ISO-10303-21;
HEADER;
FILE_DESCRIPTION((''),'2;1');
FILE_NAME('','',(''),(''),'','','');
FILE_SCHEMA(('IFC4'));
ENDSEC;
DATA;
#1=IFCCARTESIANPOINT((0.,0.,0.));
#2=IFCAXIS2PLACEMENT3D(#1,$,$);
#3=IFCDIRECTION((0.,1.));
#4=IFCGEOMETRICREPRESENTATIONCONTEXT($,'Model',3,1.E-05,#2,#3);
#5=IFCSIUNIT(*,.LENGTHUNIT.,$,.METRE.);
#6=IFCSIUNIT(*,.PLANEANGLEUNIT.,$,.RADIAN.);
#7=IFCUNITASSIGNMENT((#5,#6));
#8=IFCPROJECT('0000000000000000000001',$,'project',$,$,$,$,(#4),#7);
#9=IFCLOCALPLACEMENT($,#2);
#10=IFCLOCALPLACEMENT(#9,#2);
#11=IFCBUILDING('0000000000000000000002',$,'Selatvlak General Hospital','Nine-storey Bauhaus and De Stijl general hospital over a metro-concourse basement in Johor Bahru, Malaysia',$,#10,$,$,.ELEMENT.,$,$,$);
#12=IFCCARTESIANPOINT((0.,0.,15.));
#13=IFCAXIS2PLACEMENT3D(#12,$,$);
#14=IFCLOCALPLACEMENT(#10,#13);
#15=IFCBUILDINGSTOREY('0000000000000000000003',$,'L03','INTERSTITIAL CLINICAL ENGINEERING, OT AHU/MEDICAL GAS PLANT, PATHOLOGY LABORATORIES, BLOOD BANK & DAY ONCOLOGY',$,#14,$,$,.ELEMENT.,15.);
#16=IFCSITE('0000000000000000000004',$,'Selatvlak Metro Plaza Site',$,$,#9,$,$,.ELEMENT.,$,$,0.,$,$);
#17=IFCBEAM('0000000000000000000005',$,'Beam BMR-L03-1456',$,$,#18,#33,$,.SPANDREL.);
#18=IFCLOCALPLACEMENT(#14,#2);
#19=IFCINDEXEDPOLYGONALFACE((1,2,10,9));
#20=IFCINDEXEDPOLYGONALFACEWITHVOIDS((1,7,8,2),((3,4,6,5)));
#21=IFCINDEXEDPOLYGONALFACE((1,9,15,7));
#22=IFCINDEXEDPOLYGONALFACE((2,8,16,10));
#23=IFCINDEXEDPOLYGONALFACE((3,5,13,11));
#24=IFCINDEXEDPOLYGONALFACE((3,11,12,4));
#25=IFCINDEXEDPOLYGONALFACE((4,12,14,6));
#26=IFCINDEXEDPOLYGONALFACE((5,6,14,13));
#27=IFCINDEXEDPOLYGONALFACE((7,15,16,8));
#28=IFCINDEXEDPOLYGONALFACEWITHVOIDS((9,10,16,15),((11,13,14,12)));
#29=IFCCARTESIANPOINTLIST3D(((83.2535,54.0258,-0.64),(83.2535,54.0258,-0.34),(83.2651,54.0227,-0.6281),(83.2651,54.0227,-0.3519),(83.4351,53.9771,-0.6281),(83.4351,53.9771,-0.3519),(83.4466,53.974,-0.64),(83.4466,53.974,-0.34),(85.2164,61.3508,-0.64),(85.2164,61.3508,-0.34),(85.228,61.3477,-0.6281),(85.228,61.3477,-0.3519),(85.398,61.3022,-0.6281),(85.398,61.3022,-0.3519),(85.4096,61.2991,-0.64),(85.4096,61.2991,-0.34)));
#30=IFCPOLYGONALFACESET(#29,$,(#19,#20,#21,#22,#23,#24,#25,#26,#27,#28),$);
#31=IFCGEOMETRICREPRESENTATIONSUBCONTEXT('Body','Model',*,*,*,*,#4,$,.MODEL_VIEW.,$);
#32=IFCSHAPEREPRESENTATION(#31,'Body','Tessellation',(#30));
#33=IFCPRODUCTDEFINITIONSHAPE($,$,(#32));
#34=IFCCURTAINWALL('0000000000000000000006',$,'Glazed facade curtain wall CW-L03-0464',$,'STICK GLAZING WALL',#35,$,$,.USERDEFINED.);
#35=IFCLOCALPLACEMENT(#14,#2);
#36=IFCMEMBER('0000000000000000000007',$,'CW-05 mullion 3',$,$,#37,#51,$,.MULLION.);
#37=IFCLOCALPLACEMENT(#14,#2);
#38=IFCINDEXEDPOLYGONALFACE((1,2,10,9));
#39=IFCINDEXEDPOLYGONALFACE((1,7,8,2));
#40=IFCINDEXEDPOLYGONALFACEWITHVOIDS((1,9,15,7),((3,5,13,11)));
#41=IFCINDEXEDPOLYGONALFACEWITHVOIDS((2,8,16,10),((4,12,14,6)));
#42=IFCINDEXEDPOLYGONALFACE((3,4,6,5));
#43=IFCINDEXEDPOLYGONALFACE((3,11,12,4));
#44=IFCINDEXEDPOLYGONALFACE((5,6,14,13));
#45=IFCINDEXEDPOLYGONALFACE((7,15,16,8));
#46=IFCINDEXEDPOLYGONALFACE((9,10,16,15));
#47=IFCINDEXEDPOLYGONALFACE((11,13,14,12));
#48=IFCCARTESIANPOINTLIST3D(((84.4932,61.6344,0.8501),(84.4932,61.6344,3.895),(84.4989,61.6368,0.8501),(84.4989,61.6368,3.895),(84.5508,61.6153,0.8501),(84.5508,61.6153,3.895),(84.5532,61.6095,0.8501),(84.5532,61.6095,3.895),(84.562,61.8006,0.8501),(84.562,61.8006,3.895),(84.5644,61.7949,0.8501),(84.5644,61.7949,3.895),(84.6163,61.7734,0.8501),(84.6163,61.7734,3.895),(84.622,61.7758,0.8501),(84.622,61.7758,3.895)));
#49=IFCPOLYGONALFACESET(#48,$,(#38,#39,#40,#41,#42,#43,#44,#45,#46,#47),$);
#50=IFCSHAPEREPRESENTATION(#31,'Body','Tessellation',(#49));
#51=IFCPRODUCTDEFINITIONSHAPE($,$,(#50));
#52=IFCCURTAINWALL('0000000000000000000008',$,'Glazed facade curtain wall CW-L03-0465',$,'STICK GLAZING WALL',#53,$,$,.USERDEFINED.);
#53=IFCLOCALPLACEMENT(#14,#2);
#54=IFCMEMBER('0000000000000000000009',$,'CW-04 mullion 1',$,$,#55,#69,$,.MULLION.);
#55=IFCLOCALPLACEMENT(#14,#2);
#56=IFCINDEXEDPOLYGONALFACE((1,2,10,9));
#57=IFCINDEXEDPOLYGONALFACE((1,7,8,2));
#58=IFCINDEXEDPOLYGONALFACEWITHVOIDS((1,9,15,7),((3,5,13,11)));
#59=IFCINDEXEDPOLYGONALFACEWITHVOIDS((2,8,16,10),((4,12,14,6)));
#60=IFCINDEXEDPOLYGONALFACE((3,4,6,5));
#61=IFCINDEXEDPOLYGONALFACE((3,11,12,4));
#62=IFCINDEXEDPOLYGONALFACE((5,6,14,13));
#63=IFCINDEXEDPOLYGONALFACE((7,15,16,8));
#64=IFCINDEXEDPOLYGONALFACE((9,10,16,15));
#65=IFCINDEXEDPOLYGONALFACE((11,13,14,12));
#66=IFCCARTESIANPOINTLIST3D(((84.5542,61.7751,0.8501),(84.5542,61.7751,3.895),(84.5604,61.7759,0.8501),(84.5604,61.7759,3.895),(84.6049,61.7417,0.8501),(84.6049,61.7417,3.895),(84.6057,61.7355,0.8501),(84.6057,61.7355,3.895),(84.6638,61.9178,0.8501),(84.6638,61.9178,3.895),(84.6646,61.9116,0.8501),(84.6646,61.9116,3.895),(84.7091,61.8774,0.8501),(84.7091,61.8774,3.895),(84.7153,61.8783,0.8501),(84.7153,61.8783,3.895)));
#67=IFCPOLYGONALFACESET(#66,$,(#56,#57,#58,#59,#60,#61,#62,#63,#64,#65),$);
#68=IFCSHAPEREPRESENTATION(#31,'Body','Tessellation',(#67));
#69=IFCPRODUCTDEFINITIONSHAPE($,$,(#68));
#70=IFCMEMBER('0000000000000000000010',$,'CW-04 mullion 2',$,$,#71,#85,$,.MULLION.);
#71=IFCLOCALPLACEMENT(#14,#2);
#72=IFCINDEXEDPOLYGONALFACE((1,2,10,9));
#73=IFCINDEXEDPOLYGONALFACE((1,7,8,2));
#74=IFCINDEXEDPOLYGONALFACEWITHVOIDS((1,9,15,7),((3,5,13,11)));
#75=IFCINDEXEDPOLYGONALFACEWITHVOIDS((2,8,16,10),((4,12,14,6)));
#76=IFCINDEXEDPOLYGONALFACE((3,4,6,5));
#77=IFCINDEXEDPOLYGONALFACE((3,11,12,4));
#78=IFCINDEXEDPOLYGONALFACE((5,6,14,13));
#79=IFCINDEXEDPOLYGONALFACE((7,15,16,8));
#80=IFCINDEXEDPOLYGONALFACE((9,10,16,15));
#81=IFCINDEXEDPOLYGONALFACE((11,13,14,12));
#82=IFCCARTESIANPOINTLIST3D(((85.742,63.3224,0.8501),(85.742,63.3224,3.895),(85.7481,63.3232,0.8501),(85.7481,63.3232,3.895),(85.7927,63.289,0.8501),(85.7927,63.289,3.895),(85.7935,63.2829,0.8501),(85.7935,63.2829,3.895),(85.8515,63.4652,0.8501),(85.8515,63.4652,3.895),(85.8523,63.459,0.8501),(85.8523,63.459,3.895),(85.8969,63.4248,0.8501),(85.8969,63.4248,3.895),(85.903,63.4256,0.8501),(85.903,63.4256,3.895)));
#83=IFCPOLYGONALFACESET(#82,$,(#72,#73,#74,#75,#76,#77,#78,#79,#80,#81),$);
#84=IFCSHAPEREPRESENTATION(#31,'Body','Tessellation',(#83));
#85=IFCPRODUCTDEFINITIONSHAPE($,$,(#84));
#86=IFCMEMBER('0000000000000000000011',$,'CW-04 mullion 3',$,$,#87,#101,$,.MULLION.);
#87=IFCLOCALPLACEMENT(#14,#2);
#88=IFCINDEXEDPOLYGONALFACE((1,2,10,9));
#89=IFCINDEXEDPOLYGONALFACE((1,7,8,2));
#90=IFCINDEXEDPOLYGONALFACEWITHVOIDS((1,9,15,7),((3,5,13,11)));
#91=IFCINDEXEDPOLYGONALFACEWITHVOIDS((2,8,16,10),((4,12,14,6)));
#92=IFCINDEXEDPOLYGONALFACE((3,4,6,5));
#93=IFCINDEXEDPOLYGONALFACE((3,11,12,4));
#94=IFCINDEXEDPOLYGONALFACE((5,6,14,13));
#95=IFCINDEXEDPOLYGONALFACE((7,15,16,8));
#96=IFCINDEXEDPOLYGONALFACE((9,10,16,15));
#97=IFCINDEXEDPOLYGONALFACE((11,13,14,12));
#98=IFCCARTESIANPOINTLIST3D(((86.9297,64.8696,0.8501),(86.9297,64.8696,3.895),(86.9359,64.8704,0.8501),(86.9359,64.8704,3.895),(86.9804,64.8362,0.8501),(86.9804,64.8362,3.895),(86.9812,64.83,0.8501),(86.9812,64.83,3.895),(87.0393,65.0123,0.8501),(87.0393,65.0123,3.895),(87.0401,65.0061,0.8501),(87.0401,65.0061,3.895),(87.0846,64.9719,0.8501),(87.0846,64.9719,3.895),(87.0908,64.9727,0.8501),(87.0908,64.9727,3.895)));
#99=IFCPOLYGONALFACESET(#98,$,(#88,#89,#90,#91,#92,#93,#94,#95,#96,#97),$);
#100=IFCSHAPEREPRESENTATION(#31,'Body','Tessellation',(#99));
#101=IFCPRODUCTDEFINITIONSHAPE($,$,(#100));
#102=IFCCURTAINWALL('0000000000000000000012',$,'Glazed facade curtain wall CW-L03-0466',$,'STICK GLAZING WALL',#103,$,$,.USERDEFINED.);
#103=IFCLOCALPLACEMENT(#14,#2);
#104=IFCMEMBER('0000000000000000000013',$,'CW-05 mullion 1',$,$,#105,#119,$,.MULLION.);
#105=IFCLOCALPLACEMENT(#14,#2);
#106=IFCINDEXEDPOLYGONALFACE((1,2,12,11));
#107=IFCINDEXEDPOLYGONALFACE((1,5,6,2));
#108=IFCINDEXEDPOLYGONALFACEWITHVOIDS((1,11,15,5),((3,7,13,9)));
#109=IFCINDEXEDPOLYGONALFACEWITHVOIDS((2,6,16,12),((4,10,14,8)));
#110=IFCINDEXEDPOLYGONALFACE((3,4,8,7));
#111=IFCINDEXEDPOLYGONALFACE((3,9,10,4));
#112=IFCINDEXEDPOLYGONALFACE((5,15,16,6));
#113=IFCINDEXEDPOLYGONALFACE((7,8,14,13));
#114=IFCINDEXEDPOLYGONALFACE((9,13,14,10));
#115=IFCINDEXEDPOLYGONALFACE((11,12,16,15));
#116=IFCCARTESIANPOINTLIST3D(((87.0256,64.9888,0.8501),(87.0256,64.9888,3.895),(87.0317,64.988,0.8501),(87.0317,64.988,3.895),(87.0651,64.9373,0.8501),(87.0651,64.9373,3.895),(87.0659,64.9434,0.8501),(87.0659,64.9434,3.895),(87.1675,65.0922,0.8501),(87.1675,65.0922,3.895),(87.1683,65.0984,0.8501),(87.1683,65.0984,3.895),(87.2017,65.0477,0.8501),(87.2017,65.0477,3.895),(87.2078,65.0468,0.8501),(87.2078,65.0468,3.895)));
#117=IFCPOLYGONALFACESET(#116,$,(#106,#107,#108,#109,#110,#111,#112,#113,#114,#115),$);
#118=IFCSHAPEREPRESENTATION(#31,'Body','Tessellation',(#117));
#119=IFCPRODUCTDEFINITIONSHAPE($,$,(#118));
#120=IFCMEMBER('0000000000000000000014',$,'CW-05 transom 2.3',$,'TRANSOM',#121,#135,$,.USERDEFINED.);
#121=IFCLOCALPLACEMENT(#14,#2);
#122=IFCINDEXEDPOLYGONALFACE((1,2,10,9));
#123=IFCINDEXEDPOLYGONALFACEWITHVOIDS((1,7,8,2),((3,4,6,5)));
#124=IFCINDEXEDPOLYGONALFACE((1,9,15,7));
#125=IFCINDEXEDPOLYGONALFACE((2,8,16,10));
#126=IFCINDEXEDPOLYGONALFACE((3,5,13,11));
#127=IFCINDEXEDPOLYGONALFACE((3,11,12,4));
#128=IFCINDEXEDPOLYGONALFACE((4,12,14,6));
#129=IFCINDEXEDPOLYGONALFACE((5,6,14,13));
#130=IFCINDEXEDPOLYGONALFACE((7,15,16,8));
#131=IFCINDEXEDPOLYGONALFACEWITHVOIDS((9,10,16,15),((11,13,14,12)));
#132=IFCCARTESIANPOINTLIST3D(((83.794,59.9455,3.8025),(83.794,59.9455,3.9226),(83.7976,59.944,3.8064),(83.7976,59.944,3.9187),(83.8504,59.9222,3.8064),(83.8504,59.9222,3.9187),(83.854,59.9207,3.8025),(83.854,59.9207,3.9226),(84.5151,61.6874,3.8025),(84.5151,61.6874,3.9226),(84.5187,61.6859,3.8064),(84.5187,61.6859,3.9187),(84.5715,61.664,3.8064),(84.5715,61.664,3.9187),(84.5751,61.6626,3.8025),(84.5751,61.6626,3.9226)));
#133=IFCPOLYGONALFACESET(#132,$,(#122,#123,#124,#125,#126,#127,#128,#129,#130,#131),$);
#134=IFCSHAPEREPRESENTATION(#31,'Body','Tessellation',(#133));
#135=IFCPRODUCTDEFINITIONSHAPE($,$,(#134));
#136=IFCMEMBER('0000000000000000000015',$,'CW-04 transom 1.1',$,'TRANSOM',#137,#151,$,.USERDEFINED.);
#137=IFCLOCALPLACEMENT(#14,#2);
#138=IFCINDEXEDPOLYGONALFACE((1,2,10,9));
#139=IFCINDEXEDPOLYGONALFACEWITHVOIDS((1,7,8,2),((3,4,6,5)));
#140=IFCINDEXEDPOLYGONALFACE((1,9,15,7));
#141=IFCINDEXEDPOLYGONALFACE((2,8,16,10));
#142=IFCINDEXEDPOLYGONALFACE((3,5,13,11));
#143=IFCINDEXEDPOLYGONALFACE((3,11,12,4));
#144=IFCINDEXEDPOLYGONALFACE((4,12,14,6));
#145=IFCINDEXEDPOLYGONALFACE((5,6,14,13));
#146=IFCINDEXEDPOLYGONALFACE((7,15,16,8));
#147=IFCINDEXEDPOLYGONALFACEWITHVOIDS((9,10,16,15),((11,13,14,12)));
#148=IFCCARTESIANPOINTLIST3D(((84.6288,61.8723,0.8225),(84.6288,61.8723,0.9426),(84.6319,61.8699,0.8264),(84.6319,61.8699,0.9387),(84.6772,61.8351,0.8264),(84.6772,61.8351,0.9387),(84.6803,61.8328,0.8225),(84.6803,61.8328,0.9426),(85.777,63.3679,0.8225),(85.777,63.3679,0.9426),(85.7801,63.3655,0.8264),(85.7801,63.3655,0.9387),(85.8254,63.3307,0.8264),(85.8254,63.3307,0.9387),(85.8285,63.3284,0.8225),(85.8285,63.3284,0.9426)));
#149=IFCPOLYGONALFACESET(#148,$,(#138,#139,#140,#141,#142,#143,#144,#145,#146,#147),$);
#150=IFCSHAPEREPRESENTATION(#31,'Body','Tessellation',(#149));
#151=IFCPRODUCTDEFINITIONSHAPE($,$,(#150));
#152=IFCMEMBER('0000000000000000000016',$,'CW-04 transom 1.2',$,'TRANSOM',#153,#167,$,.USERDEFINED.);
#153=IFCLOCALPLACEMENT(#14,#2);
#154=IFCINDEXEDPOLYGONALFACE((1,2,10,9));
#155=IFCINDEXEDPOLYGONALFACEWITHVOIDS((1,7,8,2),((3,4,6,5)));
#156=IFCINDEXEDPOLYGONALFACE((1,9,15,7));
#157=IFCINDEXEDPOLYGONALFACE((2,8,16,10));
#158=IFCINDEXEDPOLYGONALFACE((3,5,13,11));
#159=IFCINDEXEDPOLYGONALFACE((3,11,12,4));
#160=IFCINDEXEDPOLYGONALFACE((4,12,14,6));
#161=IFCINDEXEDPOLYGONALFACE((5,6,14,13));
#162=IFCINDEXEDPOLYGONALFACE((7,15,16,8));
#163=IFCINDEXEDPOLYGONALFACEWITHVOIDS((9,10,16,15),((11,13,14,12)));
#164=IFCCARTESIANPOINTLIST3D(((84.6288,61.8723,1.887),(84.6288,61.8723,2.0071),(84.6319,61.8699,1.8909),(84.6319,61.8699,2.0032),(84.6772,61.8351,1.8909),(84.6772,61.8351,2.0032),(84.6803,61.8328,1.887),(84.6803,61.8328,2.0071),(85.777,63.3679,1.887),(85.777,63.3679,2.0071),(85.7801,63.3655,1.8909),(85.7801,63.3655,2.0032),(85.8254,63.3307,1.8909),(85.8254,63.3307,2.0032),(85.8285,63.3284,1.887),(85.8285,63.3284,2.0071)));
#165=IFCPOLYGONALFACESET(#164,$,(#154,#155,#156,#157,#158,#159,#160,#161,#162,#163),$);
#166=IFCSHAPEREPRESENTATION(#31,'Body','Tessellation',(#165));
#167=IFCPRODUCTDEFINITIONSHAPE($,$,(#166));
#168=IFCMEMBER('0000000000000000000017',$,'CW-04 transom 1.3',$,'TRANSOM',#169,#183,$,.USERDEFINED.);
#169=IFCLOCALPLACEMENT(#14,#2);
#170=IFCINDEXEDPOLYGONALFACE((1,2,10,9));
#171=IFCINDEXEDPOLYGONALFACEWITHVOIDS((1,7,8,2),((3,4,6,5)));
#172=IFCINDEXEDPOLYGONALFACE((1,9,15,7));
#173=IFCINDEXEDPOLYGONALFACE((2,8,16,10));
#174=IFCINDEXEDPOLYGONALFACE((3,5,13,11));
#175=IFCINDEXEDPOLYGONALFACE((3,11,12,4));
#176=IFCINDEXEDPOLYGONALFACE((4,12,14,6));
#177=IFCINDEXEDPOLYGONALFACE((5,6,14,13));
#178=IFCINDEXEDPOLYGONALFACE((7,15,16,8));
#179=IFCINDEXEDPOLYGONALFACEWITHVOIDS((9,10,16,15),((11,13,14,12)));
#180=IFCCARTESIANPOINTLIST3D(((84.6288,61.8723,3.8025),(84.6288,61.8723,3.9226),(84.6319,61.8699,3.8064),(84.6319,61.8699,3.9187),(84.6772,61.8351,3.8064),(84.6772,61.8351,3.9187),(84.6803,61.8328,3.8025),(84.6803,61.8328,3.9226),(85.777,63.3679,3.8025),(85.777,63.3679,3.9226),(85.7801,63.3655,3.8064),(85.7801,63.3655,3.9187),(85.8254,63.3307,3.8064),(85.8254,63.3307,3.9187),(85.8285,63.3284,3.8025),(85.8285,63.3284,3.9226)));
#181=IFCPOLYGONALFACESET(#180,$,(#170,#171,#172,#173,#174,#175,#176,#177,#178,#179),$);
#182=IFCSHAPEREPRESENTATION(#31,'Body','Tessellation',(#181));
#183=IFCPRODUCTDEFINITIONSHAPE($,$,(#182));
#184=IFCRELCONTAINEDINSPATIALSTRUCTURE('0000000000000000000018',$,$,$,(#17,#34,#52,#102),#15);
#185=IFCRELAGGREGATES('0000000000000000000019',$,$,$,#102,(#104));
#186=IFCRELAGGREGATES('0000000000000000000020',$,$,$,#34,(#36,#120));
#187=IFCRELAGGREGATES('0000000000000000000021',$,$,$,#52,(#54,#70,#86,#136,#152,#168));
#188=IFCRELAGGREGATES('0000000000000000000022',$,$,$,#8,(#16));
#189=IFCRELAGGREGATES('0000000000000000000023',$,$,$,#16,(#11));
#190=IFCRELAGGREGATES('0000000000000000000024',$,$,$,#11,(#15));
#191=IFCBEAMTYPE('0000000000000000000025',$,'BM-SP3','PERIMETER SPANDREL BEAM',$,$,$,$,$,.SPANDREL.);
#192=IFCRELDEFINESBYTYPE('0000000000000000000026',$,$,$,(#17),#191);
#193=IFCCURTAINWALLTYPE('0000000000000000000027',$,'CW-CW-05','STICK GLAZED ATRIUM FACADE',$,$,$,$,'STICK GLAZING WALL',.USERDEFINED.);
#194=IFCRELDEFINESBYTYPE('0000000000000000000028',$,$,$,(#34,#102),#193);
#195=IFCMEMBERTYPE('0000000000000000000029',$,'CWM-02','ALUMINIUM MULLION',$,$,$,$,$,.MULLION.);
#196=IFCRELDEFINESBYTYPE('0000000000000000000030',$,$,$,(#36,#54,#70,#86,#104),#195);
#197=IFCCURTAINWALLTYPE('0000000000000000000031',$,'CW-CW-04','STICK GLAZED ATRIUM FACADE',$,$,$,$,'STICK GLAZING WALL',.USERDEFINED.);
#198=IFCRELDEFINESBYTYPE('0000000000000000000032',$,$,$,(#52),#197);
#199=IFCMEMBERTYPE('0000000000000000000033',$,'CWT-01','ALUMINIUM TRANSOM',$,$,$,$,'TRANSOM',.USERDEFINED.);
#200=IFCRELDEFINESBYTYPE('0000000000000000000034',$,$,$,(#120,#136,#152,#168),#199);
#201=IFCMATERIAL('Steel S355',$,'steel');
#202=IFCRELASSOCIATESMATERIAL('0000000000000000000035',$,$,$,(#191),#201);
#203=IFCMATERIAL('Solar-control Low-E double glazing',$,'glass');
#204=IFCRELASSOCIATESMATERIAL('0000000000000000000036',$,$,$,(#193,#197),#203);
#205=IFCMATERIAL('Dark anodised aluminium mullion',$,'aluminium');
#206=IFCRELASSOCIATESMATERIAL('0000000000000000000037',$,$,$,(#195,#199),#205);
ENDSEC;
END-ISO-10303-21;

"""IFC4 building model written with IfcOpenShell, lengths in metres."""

from ifc_helpers import new_model, si_unit, direction, frame, origin, origin_2d, place, context, subcontext, project, spatial, hollow_rectangle, extrude, material, material_profile, profile_set, type_object, element, aggregate, save


model = new_model("IFC4")

# Units and contexts
model_context = context("Model", 3, precision=1e-05, world=origin(), true_north=direction((0.0, 1.0)))
body_context = subcontext(model_context, "Body", "Model", "MODEL_VIEW")
ifc_project = project(units=[si_unit("LENGTHUNIT", "METRE"), si_unit("PLANEANGLEUNIT", "RADIAN")], contexts=[model_context])

# Site, building, storey
site_placement = place(None, origin())
site = spatial("IfcSite", under=ifc_project, at=site_placement, Name="Selatvlak Metro Plaza Site", CompositionType="ELEMENT", RefElevation=0.0)
building_placement = place(site_placement, origin())
building = spatial("IfcBuilding", under=site, at=building_placement, Name="Selatvlak General Hospital", Description="Nine-storey Bauhaus and De Stijl general hospital over a metro-concourse basement in Johor Bahru, Malaysia", CompositionType="ELEMENT")
storey_placement = place(building_placement, frame((0.0, 0.0, 15.0)))
storey = spatial("IfcBuildingStorey", under=building, at=storey_placement, Name="L03", Description="INTERSTITIAL CLINICAL ENGINEERING, OT AHU/MEDICAL GAS PLANT, PATHOLOGY LABORATORIES, BLOOD BANK & DAY ONCOLOGY", CompositionType="ELEMENT", Elevation=15.0)

# Beam
ifc_material_1 = material(Name="Steel S355", Category="steel")
ifc_material_profile_1 = material_profile(ifc_material_1, hollow_rectangle(XDim=0.2, YDim=0.3, WallThickness=0.012, at=origin_2d()), Name="RHS 300x200x12")
ifc_profile_set_1 = profile_set([ifc_material_profile_1], Name="Steel S355")
beam_type = type_object("IfcBeamType", Name="BM-SP3", Description="PERIMETER SPANDREL BEAM", PredefinedType="SPANDREL", material=ifc_profile_set_1)
beam_placement = place(storey_placement, frame((85.313, 61.325, -0.49), z_axis=(-0.258841, -0.96592, 0.0), x_axis=(0.96592, -0.258841, 0.0)))
element("IfcBeam", 1, at=beam_placement, inside=storey, type_object=beam_type, Name="Beam BMR-L03-1456", PredefinedType="SPANDREL", context=body_context, shape_type="SweptSolid", body=[
    extrude(hollow_rectangle(XDim=0.2, YDim=0.3, WallThickness=0.012, at=origin_2d()), origin(), (0.0, 0.0, 1.0), 7.5835),
])

# Curtain wall, member
ifc_material_2 = material(Name="Solar-control Low-E double glazing", Category="glass")
curtain_wall_type_1 = type_object("IfcCurtainWallType", Name="CW-CW-05", Description="STICK GLAZED ATRIUM FACADE", ElementType="STICK GLAZING WALL", PredefinedType="USERDEFINED", material=ifc_material_2)
curtain_wall_1_placement = place(storey_placement, origin())
curtain_wall_1 = element("IfcCurtainWall", 2, at=curtain_wall_1_placement, inside=storey, type_object=curtain_wall_type_1, Name="Glazed facade curtain wall CW-L03-0464", ObjectType="STICK GLAZING WALL", PredefinedType="USERDEFINED")
ifc_material_3 = material(Name="Dark anodised aluminium mullion", Category="aluminium")
ifc_material_profile_2 = material_profile(ifc_material_3, hollow_rectangle(XDim=0.0649, YDim=0.1799, WallThickness=0.0044, at=origin_2d()), Name="AL-MUL 65x180x4.5")
ifc_profile_set_2 = profile_set([ifc_material_profile_2], Name="Dark anodised aluminium mullion")
member_type_1 = type_object("IfcMemberType", Name="CWM-02", Description="ALUMINIUM MULLION", PredefinedType="MULLION", material=ifc_profile_set_2)
member_1_placement = place(storey_placement, frame((84.5576, 61.7051, 0.8501), z_axis=(0.0, 0.0, 1.0), x_axis=(-0.92394, 0.382537, 0.0)))
member_1 = element("IfcMember", 3, at=member_1_placement, type_object=member_type_1, Name="CW-05 mullion 3", PredefinedType="MULLION", context=body_context, shape_type="SweptSolid", body=[
    extrude(hollow_rectangle(XDim=0.0649, YDim=0.1799, WallThickness=0.0044, at=origin_2d()), origin(), (0.0, 0.0, 1.0), 3.0449),
])

# Curtain wall, members
curtain_wall_type_2 = type_object("IfcCurtainWallType", Name="CW-CW-04", Description="STICK GLAZED ATRIUM FACADE", ElementType="STICK GLAZING WALL", PredefinedType="USERDEFINED", material=ifc_material_2)
curtain_wall_2_placement = place(storey_placement, origin())
curtain_wall_2 = element("IfcCurtainWall", 4, at=curtain_wall_2_placement, inside=storey, type_object=curtain_wall_type_2, Name="Glazed facade curtain wall CW-L03-0465", ObjectType="STICK GLAZING WALL", PredefinedType="USERDEFINED")
member_2_placement = place(storey_placement, frame((84.6348, 61.8267, 0.8501), z_axis=(0.0, 0.0, 1.0), x_axis=(-0.793233, 0.608918, 0.0)))
member_2 = element("IfcMember", 5, at=member_2_placement, type_object=member_type_1, Name="CW-04 mullion 1", PredefinedType="MULLION", context=body_context, shape_type="SweptSolid", body=[
    extrude(hollow_rectangle(XDim=0.0649, YDim=0.1799, WallThickness=0.0044, at=origin_2d()), origin(), (0.0, 0.0, 1.0), 3.0449),
])
member_3_placement = place(storey_placement, frame((85.8225, 63.374, 0.8501), z_axis=(0.0, 0.0, 1.0), x_axis=(-0.793233, 0.608918, 0.0)))
member_3 = element("IfcMember", 6, at=member_3_placement, type_object=member_type_1, Name="CW-04 mullion 2", PredefinedType="MULLION", context=body_context, shape_type="SweptSolid", body=[
    extrude(hollow_rectangle(XDim=0.0649, YDim=0.1799, WallThickness=0.0044, at=origin_2d()), origin(), (0.0, 0.0, 1.0), 3.0449),
])
member_4_placement = place(storey_placement, frame((87.0103, 64.9211, 0.8501), z_axis=(0.0, 0.0, 1.0), x_axis=(-0.793233, 0.608918, 0.0)))
member_4 = element("IfcMember", 7, at=member_4_placement, type_object=member_type_1, Name="CW-04 mullion 3", PredefinedType="MULLION", context=body_context, shape_type="SweptSolid", body=[
    extrude(hollow_rectangle(XDim=0.0649, YDim=0.1799, WallThickness=0.0044, at=origin_2d()), origin(), (0.0, 0.0, 1.0), 3.0449),
])

# Curtain wall, member
curtain_wall_3_placement = place(storey_placement, origin())
curtain_wall_3 = element("IfcCurtainWall", 8, at=curtain_wall_3_placement, inside=storey, type_object=curtain_wall_type_1, Name="Glazed facade curtain wall CW-L03-0466", ObjectType="STICK GLAZING WALL", PredefinedType="USERDEFINED")
member_5_placement = place(storey_placement, frame((87.1167, 65.0178, 0.8501), z_axis=(0.0, 0.0, 1.0), x_axis=(-0.608918, 0.793233, 0.0)))
member_5 = element("IfcMember", 9, at=member_5_placement, type_object=member_type_1, Name="CW-05 mullion 1", PredefinedType="MULLION", context=body_context, shape_type="SweptSolid", body=[
    extrude(hollow_rectangle(XDim=0.0649, YDim=0.1799, WallThickness=0.0044, at=origin_2d()), origin(), (0.0, 0.0, 1.0), 3.0449),
])

# Members
ifc_material_profile_3 = material_profile(ifc_material_3, hollow_rectangle(XDim=0.0649, YDim=0.1201, WallThickness=0.0039, at=origin_2d()), Name="AL-TRN 65x120x4")
ifc_profile_set_3 = profile_set([ifc_material_profile_3], Name="Dark anodised aluminium mullion")
member_type_2 = type_object("IfcMemberType", Name="CWT-01", Description="ALUMINIUM TRANSOM", ElementType="TRANSOM", PredefinedType="USERDEFINED", material=ifc_profile_set_3)
member_6_placement = place(storey_placement, frame((83.824, 59.9331, 3.8625), z_axis=(0.382527, 0.923944, 0.0), x_axis=(-0.923944, 0.382527, 0.0)))
member_6 = element("IfcMember", 10, at=member_6_placement, type_object=member_type_2, Name="CW-05 transom 2.3", ObjectType="TRANSOM", PredefinedType="USERDEFINED", context=body_context, shape_type="SweptSolid", body=[
    extrude(hollow_rectangle(XDim=0.0649, YDim=0.1201, WallThickness=0.0039, at=origin_2d()), origin(), (0.0, 0.0, 1.0), 1.8853),
])
member_7_placement = place(storey_placement, frame((84.6545, 61.8525, 0.8826), z_axis=(0.608953, 0.793206, 0.0), x_axis=(-0.793206, 0.608953, 0.0)))
member_7 = element("IfcMember", 11, at=member_7_placement, type_object=member_type_2, Name="CW-04 transom 1.1", ObjectType="TRANSOM", PredefinedType="USERDEFINED", context=body_context, shape_type="SweptSolid", body=[
    extrude(hollow_rectangle(XDim=0.0649, YDim=0.1201, WallThickness=0.0039, at=origin_2d()), origin(), (0.0, 0.0, 1.0), 1.8855),
])
member_8_placement = place(storey_placement, frame((84.6545, 61.8525, 1.947), z_axis=(0.608953, 0.793206, 0.0), x_axis=(-0.793206, 0.608953, 0.0)))
member_8 = element("IfcMember", 12, at=member_8_placement, type_object=member_type_2, Name="CW-04 transom 1.2", ObjectType="TRANSOM", PredefinedType="USERDEFINED", context=body_context, shape_type="SweptSolid", body=[
    extrude(hollow_rectangle(XDim=0.0649, YDim=0.1201, WallThickness=0.0039, at=origin_2d()), origin(), (0.0, 0.0, 1.0), 1.8855),
])
member_9_placement = place(storey_placement, frame((84.6545, 61.8525, 3.8625), z_axis=(0.608953, 0.793206, 0.0), x_axis=(-0.793206, 0.608953, 0.0)))
member_9 = element("IfcMember", 13, at=member_9_placement, type_object=member_type_2, Name="CW-04 transom 1.3", ObjectType="TRANSOM", PredefinedType="USERDEFINED", context=body_context, shape_type="SweptSolid", body=[
    extrude(hollow_rectangle(XDim=0.0649, YDim=0.1201, WallThickness=0.0039, at=origin_2d()), origin(), (0.0, 0.0, 1.0), 1.8855),
])
aggregate(curtain_wall_3, [member_5])

aggregate(curtain_wall_1, [member_1, member_6])
aggregate(curtain_wall_2, [member_2, member_3, member_4, member_7, member_8, member_9])

save(model, "model.ifc")
